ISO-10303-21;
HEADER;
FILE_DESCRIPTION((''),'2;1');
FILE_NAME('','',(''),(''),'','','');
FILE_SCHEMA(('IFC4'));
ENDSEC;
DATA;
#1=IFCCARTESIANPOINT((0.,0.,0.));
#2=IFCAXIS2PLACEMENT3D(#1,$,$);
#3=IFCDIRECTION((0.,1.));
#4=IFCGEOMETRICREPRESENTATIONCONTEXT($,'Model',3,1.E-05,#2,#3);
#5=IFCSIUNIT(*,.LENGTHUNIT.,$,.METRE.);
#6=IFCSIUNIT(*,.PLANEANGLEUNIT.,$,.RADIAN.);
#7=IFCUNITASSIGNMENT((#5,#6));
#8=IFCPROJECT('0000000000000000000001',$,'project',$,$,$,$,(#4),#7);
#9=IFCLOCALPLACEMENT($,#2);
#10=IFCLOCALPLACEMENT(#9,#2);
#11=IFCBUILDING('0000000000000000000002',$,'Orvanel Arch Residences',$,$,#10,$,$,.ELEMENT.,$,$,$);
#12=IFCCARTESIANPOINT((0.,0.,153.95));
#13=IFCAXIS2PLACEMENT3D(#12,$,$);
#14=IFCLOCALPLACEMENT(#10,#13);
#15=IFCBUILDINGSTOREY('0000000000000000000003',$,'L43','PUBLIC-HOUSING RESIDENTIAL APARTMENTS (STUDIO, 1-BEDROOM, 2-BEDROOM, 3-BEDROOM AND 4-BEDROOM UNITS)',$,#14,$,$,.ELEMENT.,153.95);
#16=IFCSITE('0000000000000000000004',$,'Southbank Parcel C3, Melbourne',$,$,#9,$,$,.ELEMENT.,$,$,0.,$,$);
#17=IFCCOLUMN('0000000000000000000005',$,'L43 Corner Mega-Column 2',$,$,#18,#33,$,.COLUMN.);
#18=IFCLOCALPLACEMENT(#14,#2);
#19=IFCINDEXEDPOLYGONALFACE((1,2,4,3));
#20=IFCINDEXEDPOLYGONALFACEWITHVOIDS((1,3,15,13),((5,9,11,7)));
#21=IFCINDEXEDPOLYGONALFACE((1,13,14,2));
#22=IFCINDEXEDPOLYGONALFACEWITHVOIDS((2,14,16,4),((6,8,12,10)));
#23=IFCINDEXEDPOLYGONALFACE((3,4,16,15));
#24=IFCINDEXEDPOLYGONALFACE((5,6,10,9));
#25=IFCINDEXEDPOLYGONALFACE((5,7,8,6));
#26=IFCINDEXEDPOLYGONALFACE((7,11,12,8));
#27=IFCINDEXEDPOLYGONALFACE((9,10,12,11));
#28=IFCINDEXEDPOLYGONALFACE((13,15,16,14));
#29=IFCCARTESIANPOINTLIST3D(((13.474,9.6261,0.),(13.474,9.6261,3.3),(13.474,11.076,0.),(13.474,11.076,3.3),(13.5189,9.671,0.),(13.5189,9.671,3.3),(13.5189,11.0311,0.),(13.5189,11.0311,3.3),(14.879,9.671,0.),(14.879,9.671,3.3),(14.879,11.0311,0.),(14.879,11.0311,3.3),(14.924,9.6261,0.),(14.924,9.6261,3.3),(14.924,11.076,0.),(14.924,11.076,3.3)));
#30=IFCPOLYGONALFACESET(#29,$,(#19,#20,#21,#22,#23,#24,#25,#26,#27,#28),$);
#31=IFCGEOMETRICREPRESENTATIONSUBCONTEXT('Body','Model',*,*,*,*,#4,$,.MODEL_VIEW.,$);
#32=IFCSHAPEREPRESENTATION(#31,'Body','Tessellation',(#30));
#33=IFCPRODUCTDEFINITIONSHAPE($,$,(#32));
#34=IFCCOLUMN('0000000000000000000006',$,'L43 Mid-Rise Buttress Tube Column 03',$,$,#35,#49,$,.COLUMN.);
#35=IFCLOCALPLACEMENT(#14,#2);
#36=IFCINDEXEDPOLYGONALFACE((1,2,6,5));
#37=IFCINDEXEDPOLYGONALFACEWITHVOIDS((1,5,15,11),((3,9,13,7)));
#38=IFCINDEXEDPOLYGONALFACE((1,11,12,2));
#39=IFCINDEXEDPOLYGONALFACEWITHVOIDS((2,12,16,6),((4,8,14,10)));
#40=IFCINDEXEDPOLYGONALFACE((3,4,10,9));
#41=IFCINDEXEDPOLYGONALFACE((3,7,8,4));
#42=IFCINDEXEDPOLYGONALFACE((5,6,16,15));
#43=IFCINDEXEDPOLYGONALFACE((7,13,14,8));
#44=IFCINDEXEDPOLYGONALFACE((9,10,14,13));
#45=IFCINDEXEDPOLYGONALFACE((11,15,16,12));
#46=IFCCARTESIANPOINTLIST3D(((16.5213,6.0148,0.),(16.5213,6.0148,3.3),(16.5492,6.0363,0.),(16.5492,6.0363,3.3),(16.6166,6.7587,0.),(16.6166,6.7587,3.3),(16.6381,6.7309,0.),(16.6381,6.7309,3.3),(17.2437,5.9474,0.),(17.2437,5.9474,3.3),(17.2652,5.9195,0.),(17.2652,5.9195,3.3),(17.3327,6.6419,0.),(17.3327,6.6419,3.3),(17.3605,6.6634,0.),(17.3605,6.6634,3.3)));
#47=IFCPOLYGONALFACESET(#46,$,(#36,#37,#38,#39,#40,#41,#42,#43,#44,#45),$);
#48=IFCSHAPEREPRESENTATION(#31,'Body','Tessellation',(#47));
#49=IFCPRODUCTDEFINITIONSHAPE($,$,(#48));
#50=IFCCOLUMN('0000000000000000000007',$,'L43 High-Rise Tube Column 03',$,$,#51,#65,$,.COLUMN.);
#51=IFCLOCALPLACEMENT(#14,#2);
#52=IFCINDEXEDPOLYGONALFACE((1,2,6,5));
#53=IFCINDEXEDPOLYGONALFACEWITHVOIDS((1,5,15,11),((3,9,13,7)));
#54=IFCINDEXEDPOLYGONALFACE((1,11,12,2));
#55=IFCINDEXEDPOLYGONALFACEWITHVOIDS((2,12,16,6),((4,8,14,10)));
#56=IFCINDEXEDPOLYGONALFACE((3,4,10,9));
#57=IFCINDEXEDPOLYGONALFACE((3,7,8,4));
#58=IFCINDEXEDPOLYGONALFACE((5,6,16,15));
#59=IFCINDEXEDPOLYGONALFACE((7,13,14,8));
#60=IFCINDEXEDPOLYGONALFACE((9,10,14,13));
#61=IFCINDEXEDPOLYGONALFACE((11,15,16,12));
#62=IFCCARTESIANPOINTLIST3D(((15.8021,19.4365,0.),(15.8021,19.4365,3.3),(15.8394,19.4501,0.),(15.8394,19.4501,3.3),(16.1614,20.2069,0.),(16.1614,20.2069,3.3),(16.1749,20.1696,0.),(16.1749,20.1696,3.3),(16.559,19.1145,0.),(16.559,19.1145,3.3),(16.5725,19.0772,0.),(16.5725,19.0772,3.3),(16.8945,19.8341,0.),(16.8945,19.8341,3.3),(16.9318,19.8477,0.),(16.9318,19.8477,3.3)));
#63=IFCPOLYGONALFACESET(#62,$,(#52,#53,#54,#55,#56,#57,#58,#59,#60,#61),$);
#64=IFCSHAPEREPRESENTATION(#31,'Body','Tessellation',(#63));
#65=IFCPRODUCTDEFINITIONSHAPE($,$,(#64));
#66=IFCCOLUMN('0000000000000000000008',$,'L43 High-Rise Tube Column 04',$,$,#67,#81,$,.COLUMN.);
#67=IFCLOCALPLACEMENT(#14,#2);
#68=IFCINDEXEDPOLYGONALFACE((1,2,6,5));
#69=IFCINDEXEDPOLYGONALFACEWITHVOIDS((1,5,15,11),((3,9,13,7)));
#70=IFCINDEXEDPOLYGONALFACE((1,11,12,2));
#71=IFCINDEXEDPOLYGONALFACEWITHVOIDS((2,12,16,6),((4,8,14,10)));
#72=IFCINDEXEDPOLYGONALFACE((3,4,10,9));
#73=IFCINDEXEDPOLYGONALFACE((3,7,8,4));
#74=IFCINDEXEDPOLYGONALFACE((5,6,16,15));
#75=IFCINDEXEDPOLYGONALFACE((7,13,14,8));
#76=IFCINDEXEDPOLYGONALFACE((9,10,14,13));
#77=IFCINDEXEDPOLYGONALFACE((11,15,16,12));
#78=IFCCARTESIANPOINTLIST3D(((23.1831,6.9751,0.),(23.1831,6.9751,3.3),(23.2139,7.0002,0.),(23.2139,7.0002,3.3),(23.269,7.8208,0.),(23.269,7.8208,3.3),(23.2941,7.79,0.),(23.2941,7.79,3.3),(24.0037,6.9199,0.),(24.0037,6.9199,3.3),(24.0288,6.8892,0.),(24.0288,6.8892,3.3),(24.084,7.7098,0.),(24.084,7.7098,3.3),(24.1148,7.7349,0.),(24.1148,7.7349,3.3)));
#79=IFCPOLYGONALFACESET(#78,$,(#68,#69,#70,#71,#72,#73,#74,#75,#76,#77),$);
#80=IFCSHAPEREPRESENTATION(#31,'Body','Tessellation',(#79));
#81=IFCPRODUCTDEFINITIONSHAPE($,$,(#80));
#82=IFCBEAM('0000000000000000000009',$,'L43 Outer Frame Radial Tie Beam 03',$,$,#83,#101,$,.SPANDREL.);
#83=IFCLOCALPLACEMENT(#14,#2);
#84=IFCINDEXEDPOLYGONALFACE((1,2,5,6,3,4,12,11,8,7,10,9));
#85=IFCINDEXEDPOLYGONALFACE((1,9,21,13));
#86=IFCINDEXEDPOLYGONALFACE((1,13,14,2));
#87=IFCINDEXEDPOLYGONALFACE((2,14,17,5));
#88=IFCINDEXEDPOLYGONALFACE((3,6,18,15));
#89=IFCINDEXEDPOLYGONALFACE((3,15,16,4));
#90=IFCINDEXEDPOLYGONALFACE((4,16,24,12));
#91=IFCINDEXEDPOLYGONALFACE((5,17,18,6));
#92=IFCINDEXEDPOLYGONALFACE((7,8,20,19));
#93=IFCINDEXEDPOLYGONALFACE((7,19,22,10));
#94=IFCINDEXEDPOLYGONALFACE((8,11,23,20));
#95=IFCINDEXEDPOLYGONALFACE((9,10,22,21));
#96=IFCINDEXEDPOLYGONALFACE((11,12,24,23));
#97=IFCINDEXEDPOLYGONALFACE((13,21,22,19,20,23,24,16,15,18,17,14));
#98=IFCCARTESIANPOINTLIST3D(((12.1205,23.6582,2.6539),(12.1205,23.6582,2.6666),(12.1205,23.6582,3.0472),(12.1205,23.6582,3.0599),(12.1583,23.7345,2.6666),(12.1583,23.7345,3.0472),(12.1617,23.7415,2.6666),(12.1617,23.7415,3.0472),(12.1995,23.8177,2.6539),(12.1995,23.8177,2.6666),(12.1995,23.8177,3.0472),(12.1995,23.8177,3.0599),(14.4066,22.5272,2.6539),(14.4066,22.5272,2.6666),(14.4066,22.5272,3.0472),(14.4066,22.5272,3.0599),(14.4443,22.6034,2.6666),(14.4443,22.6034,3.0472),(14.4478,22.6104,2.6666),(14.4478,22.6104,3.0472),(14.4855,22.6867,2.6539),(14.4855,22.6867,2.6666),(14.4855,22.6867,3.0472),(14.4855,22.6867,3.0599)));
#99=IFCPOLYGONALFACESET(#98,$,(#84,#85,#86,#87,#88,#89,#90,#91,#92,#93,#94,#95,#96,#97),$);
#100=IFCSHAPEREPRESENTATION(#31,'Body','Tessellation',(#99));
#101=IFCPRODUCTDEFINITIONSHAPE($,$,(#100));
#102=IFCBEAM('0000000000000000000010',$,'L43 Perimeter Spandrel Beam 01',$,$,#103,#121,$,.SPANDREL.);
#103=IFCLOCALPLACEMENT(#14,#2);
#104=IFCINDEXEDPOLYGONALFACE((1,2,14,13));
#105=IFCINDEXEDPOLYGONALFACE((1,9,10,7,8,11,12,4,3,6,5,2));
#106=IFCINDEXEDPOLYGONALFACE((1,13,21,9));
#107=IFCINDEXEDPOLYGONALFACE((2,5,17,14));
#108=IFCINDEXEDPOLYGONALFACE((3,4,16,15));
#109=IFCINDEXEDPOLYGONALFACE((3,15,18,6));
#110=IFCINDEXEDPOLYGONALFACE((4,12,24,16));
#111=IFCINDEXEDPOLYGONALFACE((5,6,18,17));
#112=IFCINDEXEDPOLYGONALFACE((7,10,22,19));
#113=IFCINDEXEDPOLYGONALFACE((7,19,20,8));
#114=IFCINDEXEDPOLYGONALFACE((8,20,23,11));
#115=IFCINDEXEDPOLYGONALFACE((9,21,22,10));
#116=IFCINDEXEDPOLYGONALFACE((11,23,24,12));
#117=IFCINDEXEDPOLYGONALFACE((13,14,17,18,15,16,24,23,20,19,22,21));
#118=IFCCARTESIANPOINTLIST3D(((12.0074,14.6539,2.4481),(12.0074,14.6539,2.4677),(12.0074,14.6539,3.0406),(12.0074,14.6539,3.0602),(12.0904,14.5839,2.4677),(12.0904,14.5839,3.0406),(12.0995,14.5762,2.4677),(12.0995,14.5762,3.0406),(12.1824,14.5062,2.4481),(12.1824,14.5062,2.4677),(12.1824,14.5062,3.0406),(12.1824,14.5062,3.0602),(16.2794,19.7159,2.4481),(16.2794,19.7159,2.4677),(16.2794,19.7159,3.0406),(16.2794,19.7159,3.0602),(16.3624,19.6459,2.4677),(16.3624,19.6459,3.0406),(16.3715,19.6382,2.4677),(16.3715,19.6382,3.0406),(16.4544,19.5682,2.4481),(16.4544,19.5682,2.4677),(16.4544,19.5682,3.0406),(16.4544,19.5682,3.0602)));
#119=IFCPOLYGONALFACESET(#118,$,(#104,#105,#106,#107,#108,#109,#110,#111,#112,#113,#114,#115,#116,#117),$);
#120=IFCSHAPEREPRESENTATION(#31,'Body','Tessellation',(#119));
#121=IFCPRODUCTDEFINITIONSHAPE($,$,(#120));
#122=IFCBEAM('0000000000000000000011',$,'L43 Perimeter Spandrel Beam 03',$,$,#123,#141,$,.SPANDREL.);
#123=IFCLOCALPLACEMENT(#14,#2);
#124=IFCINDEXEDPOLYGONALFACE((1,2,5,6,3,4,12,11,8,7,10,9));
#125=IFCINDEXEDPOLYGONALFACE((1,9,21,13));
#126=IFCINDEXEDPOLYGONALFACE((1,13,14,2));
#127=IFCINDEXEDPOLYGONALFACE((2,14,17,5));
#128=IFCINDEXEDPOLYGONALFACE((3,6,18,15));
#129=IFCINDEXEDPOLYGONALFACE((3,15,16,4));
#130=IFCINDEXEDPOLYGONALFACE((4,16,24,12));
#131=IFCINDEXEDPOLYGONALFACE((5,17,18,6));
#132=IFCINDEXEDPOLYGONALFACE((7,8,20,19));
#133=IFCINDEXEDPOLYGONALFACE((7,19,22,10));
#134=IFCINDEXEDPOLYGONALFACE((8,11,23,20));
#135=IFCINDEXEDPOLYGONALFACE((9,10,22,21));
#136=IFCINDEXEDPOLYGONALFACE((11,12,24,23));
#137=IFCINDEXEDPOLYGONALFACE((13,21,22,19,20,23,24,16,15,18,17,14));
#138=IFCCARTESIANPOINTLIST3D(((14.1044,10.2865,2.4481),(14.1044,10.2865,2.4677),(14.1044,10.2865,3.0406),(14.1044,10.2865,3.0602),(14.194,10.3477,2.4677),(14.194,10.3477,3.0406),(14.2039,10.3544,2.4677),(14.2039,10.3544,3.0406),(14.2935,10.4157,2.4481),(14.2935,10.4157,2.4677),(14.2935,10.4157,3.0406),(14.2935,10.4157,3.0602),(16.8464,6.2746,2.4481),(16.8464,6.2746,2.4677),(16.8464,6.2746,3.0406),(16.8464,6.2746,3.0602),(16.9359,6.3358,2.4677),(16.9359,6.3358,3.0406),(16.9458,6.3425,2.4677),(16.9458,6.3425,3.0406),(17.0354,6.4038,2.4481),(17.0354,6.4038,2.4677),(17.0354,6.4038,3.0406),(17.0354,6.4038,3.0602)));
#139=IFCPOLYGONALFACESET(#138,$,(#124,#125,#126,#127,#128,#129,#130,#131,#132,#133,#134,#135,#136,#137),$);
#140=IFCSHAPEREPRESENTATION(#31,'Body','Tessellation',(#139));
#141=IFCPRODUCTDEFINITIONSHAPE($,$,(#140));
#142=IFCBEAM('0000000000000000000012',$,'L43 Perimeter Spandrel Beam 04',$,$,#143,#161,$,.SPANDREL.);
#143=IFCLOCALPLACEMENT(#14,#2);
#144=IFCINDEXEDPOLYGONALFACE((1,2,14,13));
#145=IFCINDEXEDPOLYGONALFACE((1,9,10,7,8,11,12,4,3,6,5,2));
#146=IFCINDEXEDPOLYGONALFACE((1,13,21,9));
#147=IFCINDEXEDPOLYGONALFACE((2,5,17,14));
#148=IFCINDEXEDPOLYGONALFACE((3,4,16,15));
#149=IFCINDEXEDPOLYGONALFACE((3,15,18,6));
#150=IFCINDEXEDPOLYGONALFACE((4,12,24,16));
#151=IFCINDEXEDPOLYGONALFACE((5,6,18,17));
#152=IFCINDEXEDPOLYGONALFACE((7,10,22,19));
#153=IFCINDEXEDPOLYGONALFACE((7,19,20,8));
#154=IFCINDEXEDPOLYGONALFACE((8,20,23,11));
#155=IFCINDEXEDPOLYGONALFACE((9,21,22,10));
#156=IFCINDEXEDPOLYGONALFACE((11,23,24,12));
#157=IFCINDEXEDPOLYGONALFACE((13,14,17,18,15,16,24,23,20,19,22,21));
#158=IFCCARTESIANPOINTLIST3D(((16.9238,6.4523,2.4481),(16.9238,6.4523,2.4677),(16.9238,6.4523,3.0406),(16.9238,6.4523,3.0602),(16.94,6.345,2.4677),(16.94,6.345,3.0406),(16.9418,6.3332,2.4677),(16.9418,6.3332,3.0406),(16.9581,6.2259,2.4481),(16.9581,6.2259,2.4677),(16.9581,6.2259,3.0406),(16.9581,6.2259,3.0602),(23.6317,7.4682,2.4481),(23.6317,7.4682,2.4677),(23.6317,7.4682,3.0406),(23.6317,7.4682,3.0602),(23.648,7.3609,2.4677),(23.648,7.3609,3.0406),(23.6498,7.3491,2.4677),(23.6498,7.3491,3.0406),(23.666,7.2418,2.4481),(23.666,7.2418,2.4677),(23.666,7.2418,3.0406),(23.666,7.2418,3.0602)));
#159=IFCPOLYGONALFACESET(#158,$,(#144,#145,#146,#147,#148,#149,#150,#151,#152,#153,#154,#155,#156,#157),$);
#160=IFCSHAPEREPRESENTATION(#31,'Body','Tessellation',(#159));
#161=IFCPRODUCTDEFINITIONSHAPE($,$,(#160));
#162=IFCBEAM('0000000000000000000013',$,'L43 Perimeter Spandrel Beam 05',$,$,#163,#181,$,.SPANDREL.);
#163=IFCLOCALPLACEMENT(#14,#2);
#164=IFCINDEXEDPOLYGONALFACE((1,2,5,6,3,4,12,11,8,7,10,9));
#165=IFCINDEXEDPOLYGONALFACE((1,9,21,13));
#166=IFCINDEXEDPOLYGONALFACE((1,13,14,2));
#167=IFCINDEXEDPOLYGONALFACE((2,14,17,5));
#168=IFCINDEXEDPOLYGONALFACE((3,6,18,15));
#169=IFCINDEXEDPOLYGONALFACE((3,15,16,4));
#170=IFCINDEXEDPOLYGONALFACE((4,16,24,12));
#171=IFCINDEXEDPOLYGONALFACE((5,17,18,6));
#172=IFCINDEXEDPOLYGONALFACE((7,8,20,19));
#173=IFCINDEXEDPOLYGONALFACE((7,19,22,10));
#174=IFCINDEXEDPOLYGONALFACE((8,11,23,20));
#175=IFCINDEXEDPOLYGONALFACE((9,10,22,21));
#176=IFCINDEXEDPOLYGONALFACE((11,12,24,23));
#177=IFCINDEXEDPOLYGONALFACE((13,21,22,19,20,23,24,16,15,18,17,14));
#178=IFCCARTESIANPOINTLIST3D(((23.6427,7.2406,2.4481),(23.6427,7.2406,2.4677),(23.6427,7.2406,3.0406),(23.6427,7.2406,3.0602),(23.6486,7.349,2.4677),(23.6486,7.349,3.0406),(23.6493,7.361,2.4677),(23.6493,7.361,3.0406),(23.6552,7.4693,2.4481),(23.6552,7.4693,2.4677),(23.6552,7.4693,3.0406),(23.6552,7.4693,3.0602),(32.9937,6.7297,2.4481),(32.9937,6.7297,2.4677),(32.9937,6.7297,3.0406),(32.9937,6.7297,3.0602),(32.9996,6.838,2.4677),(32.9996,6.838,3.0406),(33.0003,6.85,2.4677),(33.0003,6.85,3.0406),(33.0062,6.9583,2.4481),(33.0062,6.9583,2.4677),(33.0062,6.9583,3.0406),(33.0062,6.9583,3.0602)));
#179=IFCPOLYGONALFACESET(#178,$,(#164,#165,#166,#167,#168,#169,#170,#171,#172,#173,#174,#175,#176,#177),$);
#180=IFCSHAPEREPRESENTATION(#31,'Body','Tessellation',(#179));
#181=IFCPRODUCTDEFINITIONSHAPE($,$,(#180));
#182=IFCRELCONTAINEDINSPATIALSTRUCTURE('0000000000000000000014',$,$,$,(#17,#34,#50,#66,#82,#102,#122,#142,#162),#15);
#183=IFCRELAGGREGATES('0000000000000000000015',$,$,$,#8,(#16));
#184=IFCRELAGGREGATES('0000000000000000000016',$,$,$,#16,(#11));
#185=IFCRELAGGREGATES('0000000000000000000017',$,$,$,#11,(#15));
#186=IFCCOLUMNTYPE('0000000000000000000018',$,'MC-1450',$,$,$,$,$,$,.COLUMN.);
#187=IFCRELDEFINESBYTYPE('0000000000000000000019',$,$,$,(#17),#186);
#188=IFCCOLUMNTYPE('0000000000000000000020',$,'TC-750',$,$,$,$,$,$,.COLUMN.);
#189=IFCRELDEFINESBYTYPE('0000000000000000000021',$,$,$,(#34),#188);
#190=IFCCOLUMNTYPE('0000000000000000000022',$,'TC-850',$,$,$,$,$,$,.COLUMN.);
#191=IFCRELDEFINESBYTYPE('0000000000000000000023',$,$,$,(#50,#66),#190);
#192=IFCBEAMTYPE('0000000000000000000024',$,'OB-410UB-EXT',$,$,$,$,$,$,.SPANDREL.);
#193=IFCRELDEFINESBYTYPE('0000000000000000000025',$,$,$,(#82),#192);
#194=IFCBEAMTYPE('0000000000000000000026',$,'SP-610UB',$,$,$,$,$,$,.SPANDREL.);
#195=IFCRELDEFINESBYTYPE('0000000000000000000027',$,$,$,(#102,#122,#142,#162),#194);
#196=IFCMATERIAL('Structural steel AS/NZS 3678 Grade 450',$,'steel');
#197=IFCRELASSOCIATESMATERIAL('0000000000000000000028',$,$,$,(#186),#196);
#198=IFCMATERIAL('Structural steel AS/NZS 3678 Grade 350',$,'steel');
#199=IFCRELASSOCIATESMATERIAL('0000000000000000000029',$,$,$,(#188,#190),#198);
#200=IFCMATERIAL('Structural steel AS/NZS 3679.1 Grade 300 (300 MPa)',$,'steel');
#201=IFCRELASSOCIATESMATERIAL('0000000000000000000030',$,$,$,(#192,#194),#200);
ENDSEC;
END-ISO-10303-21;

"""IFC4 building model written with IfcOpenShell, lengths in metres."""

from ifc_helpers import new_model, si_unit, direction, frame, origin, origin_2d, place, context, subcontext, project, spatial, hollow_rectangle, i_section, extrude, material, material_profile, profile_set, type_object, element, save


model = new_model("IFC4")

# Units and contexts
model_context = context("Model", 3, precision=1e-05, world=origin(), true_north=direction((0.0, 1.0)))
body_context = subcontext(model_context, "Body", "Model", "MODEL_VIEW")
ifc_project = project(units=[si_unit("LENGTHUNIT", "METRE"), si_unit("PLANEANGLEUNIT", "RADIAN")], contexts=[model_context])

# Site, building, storey
site_placement = place(None, origin())
site = spatial("IfcSite", under=ifc_project, at=site_placement, Name="Southbank Parcel C3, Melbourne", CompositionType="ELEMENT", RefElevation=0.0)
building_placement = place(site_placement, origin())
building = spatial("IfcBuilding", under=site, at=building_placement, Name="Orvanel Arch Residences", CompositionType="ELEMENT")
storey_placement = place(building_placement, frame((0.0, 0.0, 153.95)))
storey = spatial("IfcBuildingStorey", under=building, at=storey_placement, Name="L43", Description="PUBLIC-HOUSING RESIDENTIAL APARTMENTS (STUDIO, 1-BEDROOM, 2-BEDROOM, 3-BEDROOM AND 4-BEDROOM UNITS)", CompositionType="ELEMENT", Elevation=153.95)

# Columns
ifc_material_1 = material(Name="Structural steel AS/NZS 3678 Grade 450", Category="steel")
ifc_material_profile_1 = material_profile(ifc_material_1, hollow_rectangle(XDim=1.45, YDim=1.45, WallThickness=0.0449, at=origin_2d()), Name="BOX1450x1450x45")
ifc_profile_set_1 = profile_set([ifc_material_profile_1], Name="Structural steel AS/NZS 3678 Grade 450")
column_type_1 = type_object("IfcColumnType", Name="MC-1450", PredefinedType="COLUMN", material=ifc_profile_set_1)
column_1_placement = place(storey_placement, frame((14.199, 10.3511, 0.0), z_axis=(0.0, 0.0, 1.0), x_axis=(1.0, 0.0, 0.0)))
element("IfcColumn", 1, at=column_1_placement, inside=storey, type_object=column_type_1, Name="L43 Corner Mega-Column 2", PredefinedType="COLUMN", context=body_context, shape_type="SweptSolid", body=[
    extrude(hollow_rectangle(XDim=1.45, YDim=1.45, WallThickness=0.0449, at=origin_2d()), origin(), (0.0, 0.0, 1.0), 3.3),
])
ifc_material_2 = material(Name="Structural steel AS/NZS 3678 Grade 350", Category="steel")
ifc_material_profile_2 = material_profile(ifc_material_2, hollow_rectangle(XDim=0.75, YDim=0.75, WallThickness=0.0249, at=origin_2d()), Name="BOX750x750x25")
ifc_profile_set_2 = profile_set([ifc_material_profile_2], Name="Structural steel AS/NZS 3678 Grade 350")
column_type_2 = type_object("IfcColumnType", Name="TC-750", PredefinedType="COLUMN", material=ifc_profile_set_2)
column_2_placement = place(storey_placement, frame((16.9409, 6.3391, 0.0), z_axis=(0.0, 0.0, 1.0), x_axis=(-0.991894, 0.127065, 0.0)))
element("IfcColumn", 2, at=column_2_placement, inside=storey, type_object=column_type_2, Name="L43 Mid-Rise Buttress Tube Column 03", PredefinedType="COLUMN", context=body_context, shape_type="SweptSolid", body=[
    extrude(hollow_rectangle(XDim=0.75, YDim=0.75, WallThickness=0.0249, at=origin_2d()), origin(), (0.0, 0.0, 1.0), 3.3),
])
ifc_material_profile_3 = material_profile(ifc_material_2, hollow_rectangle(XDim=0.8501, YDim=0.8501, WallThickness=0.0281, at=origin_2d()), Name="BOX850x850x28")
ifc_profile_set_3 = profile_set([ifc_material_profile_3], Name="Structural steel AS/NZS 3678 Grade 350")
column_type_3 = type_object("IfcColumnType", Name="TC-850", PredefinedType="COLUMN", material=ifc_profile_set_3)
for number, where, z_axis, x_axis, name in (
    (3, (16.3669, 19.6421, 0.0), (0.0, 0.0, 1.0), (0.422618, 0.906308, 0.0), "L43 High-Rise Tube Column 03"),
    (4, (23.6489, 7.355, 0.0), (0.0, 0.0, 1.0), (-0.994881, 0.101056, 0.0), "L43 High-Rise Tube Column 04"),
):
    element("IfcColumn", number, at=place(storey_placement, frame(where, z_axis=z_axis, x_axis=x_axis)), inside=storey, type_object=column_type_3, Name=name, PredefinedType="COLUMN", context=body_context, shape_type="SweptSolid", body=[
        extrude(hollow_rectangle(XDim=0.8501, YDim=0.8501, WallThickness=0.0281, at=origin_2d()), origin(), (0.0, 0.0, 1.0), 3.3),
    ])

# Beams
ifc_material_3 = material(Name="Structural steel AS/NZS 3679.1 Grade 300 (300 MPa)", Category="steel")
ifc_material_profile_4 = material_profile(ifc_material_3, i_section(OverallWidth=0.178, OverallDepth=0.406, WebThickness=0.0078, FlangeThickness=0.0127, at=origin_2d()), Name="410UB59.7")
ifc_profile_set_4 = profile_set([ifc_material_profile_4], Name="Structural steel AS/NZS 3679.1 Grade 300 (300 MPa)")
beam_type_1 = type_object("IfcBeamType", Name="OB-410UB-EXT", PredefinedType="SPANDREL", material=ifc_profile_set_4)
beam_1_placement = place(storey_placement, frame((14.446, 22.6069, 2.8569), z_axis=(-0.896295, 0.443458, 0.0), x_axis=(-0.443458, -0.896295, 0.0)))
element("IfcBeam", 5, at=beam_1_placement, inside=storey, type_object=beam_type_1, Name="L43 Outer Frame Radial Tie Beam 03", PredefinedType="SPANDREL", context=body_context, shape_type="SweptSolid", body=[
    extrude(i_section(OverallWidth=0.178, OverallDepth=0.406, WebThickness=0.0078, FlangeThickness=0.0127, at=origin_2d()), origin(), (0.0, 0.0, 1.0), 2.5505),
])
ifc_material_profile_5 = material_profile(ifc_material_3, i_section(OverallWidth=0.229, OverallDepth=0.6121, WebThickness=0.012, FlangeThickness=0.0195, at=origin_2d()), Name="610UB125")
ifc_profile_set_5 = profile_set([ifc_material_profile_5], Name="Structural steel AS/NZS 3679.1 Grade 300 (300 MPa)")
beam_type_2 = type_object("IfcBeamType", Name="SP-610UB", PredefinedType="SPANDREL", material=ifc_profile_set_5)
beam_2_placement = place(storey_placement, frame((16.3669, 19.6421, 2.7542), z_axis=(-0.64495, -0.764224, 0.0), x_axis=(0.764224, -0.64495, 0.0)))
element("IfcBeam", 6, at=beam_2_placement, inside=storey, type_object=beam_type_2, Name="L43 Perimeter Spandrel Beam 01", PredefinedType="SPANDREL", context=body_context, shape_type="SweptSolid", body=[
    extrude(i_section(OverallWidth=0.229, OverallDepth=0.6121, WebThickness=0.012, FlangeThickness=0.0195, at=origin_2d()), origin(), (0.0, 0.0, 1.0), 6.6238),
])
beam_3_placement = place(storey_placement, frame((14.199, 10.3511, 2.7542), z_axis=(0.564252, -0.825603, 0.0), x_axis=(0.825603, 0.564252, 0.0)))
element("IfcBeam", 7, at=beam_3_placement, inside=storey, type_object=beam_type_2, Name="L43 Perimeter Spandrel Beam 03", PredefinedType="SPANDREL", context=body_context, shape_type="SweptSolid", body=[
    extrude(i_section(OverallWidth=0.229, OverallDepth=0.6121, WebThickness=0.012, FlangeThickness=0.0195, at=origin_2d()), origin(), (0.0, 0.0, 1.0), 4.8594),
])
beam_4_placement = place(storey_placement, frame((16.9409, 6.3391, 2.7542), z_axis=(0.988726, 0.149734, 0.0), x_axis=(-0.149734, 0.988726, 0.0)))
element("IfcBeam", 8, at=beam_4_placement, inside=storey, type_object=beam_type_2, Name="L43 Perimeter Spandrel Beam 04", PredefinedType="SPANDREL", context=body_context, shape_type="SweptSolid", body=[
    extrude(i_section(OverallWidth=0.229, OverallDepth=0.6121, WebThickness=0.012, FlangeThickness=0.0195, at=origin_2d()), origin(), (0.0, 0.0, 1.0), 6.7844),
])
beam_5_placement = place(storey_placement, frame((23.6489, 7.355, 2.7542), z_axis=(0.99851, -0.054563, 0.0), x_axis=(0.054563, 0.99851, 0.0)))
element("IfcBeam", 9, at=beam_5_placement, inside=storey, type_object=beam_type_2, Name="L43 Perimeter Spandrel Beam 05", PredefinedType="SPANDREL", context=body_context, shape_type="SweptSolid", body=[
    extrude(i_section(OverallWidth=0.229, OverallDepth=0.6121, WebThickness=0.012, FlangeThickness=0.0195, at=origin_2d()), origin(), (0.0, 0.0, 1.0), 9.365),
])

save(model, "model.ifc")
